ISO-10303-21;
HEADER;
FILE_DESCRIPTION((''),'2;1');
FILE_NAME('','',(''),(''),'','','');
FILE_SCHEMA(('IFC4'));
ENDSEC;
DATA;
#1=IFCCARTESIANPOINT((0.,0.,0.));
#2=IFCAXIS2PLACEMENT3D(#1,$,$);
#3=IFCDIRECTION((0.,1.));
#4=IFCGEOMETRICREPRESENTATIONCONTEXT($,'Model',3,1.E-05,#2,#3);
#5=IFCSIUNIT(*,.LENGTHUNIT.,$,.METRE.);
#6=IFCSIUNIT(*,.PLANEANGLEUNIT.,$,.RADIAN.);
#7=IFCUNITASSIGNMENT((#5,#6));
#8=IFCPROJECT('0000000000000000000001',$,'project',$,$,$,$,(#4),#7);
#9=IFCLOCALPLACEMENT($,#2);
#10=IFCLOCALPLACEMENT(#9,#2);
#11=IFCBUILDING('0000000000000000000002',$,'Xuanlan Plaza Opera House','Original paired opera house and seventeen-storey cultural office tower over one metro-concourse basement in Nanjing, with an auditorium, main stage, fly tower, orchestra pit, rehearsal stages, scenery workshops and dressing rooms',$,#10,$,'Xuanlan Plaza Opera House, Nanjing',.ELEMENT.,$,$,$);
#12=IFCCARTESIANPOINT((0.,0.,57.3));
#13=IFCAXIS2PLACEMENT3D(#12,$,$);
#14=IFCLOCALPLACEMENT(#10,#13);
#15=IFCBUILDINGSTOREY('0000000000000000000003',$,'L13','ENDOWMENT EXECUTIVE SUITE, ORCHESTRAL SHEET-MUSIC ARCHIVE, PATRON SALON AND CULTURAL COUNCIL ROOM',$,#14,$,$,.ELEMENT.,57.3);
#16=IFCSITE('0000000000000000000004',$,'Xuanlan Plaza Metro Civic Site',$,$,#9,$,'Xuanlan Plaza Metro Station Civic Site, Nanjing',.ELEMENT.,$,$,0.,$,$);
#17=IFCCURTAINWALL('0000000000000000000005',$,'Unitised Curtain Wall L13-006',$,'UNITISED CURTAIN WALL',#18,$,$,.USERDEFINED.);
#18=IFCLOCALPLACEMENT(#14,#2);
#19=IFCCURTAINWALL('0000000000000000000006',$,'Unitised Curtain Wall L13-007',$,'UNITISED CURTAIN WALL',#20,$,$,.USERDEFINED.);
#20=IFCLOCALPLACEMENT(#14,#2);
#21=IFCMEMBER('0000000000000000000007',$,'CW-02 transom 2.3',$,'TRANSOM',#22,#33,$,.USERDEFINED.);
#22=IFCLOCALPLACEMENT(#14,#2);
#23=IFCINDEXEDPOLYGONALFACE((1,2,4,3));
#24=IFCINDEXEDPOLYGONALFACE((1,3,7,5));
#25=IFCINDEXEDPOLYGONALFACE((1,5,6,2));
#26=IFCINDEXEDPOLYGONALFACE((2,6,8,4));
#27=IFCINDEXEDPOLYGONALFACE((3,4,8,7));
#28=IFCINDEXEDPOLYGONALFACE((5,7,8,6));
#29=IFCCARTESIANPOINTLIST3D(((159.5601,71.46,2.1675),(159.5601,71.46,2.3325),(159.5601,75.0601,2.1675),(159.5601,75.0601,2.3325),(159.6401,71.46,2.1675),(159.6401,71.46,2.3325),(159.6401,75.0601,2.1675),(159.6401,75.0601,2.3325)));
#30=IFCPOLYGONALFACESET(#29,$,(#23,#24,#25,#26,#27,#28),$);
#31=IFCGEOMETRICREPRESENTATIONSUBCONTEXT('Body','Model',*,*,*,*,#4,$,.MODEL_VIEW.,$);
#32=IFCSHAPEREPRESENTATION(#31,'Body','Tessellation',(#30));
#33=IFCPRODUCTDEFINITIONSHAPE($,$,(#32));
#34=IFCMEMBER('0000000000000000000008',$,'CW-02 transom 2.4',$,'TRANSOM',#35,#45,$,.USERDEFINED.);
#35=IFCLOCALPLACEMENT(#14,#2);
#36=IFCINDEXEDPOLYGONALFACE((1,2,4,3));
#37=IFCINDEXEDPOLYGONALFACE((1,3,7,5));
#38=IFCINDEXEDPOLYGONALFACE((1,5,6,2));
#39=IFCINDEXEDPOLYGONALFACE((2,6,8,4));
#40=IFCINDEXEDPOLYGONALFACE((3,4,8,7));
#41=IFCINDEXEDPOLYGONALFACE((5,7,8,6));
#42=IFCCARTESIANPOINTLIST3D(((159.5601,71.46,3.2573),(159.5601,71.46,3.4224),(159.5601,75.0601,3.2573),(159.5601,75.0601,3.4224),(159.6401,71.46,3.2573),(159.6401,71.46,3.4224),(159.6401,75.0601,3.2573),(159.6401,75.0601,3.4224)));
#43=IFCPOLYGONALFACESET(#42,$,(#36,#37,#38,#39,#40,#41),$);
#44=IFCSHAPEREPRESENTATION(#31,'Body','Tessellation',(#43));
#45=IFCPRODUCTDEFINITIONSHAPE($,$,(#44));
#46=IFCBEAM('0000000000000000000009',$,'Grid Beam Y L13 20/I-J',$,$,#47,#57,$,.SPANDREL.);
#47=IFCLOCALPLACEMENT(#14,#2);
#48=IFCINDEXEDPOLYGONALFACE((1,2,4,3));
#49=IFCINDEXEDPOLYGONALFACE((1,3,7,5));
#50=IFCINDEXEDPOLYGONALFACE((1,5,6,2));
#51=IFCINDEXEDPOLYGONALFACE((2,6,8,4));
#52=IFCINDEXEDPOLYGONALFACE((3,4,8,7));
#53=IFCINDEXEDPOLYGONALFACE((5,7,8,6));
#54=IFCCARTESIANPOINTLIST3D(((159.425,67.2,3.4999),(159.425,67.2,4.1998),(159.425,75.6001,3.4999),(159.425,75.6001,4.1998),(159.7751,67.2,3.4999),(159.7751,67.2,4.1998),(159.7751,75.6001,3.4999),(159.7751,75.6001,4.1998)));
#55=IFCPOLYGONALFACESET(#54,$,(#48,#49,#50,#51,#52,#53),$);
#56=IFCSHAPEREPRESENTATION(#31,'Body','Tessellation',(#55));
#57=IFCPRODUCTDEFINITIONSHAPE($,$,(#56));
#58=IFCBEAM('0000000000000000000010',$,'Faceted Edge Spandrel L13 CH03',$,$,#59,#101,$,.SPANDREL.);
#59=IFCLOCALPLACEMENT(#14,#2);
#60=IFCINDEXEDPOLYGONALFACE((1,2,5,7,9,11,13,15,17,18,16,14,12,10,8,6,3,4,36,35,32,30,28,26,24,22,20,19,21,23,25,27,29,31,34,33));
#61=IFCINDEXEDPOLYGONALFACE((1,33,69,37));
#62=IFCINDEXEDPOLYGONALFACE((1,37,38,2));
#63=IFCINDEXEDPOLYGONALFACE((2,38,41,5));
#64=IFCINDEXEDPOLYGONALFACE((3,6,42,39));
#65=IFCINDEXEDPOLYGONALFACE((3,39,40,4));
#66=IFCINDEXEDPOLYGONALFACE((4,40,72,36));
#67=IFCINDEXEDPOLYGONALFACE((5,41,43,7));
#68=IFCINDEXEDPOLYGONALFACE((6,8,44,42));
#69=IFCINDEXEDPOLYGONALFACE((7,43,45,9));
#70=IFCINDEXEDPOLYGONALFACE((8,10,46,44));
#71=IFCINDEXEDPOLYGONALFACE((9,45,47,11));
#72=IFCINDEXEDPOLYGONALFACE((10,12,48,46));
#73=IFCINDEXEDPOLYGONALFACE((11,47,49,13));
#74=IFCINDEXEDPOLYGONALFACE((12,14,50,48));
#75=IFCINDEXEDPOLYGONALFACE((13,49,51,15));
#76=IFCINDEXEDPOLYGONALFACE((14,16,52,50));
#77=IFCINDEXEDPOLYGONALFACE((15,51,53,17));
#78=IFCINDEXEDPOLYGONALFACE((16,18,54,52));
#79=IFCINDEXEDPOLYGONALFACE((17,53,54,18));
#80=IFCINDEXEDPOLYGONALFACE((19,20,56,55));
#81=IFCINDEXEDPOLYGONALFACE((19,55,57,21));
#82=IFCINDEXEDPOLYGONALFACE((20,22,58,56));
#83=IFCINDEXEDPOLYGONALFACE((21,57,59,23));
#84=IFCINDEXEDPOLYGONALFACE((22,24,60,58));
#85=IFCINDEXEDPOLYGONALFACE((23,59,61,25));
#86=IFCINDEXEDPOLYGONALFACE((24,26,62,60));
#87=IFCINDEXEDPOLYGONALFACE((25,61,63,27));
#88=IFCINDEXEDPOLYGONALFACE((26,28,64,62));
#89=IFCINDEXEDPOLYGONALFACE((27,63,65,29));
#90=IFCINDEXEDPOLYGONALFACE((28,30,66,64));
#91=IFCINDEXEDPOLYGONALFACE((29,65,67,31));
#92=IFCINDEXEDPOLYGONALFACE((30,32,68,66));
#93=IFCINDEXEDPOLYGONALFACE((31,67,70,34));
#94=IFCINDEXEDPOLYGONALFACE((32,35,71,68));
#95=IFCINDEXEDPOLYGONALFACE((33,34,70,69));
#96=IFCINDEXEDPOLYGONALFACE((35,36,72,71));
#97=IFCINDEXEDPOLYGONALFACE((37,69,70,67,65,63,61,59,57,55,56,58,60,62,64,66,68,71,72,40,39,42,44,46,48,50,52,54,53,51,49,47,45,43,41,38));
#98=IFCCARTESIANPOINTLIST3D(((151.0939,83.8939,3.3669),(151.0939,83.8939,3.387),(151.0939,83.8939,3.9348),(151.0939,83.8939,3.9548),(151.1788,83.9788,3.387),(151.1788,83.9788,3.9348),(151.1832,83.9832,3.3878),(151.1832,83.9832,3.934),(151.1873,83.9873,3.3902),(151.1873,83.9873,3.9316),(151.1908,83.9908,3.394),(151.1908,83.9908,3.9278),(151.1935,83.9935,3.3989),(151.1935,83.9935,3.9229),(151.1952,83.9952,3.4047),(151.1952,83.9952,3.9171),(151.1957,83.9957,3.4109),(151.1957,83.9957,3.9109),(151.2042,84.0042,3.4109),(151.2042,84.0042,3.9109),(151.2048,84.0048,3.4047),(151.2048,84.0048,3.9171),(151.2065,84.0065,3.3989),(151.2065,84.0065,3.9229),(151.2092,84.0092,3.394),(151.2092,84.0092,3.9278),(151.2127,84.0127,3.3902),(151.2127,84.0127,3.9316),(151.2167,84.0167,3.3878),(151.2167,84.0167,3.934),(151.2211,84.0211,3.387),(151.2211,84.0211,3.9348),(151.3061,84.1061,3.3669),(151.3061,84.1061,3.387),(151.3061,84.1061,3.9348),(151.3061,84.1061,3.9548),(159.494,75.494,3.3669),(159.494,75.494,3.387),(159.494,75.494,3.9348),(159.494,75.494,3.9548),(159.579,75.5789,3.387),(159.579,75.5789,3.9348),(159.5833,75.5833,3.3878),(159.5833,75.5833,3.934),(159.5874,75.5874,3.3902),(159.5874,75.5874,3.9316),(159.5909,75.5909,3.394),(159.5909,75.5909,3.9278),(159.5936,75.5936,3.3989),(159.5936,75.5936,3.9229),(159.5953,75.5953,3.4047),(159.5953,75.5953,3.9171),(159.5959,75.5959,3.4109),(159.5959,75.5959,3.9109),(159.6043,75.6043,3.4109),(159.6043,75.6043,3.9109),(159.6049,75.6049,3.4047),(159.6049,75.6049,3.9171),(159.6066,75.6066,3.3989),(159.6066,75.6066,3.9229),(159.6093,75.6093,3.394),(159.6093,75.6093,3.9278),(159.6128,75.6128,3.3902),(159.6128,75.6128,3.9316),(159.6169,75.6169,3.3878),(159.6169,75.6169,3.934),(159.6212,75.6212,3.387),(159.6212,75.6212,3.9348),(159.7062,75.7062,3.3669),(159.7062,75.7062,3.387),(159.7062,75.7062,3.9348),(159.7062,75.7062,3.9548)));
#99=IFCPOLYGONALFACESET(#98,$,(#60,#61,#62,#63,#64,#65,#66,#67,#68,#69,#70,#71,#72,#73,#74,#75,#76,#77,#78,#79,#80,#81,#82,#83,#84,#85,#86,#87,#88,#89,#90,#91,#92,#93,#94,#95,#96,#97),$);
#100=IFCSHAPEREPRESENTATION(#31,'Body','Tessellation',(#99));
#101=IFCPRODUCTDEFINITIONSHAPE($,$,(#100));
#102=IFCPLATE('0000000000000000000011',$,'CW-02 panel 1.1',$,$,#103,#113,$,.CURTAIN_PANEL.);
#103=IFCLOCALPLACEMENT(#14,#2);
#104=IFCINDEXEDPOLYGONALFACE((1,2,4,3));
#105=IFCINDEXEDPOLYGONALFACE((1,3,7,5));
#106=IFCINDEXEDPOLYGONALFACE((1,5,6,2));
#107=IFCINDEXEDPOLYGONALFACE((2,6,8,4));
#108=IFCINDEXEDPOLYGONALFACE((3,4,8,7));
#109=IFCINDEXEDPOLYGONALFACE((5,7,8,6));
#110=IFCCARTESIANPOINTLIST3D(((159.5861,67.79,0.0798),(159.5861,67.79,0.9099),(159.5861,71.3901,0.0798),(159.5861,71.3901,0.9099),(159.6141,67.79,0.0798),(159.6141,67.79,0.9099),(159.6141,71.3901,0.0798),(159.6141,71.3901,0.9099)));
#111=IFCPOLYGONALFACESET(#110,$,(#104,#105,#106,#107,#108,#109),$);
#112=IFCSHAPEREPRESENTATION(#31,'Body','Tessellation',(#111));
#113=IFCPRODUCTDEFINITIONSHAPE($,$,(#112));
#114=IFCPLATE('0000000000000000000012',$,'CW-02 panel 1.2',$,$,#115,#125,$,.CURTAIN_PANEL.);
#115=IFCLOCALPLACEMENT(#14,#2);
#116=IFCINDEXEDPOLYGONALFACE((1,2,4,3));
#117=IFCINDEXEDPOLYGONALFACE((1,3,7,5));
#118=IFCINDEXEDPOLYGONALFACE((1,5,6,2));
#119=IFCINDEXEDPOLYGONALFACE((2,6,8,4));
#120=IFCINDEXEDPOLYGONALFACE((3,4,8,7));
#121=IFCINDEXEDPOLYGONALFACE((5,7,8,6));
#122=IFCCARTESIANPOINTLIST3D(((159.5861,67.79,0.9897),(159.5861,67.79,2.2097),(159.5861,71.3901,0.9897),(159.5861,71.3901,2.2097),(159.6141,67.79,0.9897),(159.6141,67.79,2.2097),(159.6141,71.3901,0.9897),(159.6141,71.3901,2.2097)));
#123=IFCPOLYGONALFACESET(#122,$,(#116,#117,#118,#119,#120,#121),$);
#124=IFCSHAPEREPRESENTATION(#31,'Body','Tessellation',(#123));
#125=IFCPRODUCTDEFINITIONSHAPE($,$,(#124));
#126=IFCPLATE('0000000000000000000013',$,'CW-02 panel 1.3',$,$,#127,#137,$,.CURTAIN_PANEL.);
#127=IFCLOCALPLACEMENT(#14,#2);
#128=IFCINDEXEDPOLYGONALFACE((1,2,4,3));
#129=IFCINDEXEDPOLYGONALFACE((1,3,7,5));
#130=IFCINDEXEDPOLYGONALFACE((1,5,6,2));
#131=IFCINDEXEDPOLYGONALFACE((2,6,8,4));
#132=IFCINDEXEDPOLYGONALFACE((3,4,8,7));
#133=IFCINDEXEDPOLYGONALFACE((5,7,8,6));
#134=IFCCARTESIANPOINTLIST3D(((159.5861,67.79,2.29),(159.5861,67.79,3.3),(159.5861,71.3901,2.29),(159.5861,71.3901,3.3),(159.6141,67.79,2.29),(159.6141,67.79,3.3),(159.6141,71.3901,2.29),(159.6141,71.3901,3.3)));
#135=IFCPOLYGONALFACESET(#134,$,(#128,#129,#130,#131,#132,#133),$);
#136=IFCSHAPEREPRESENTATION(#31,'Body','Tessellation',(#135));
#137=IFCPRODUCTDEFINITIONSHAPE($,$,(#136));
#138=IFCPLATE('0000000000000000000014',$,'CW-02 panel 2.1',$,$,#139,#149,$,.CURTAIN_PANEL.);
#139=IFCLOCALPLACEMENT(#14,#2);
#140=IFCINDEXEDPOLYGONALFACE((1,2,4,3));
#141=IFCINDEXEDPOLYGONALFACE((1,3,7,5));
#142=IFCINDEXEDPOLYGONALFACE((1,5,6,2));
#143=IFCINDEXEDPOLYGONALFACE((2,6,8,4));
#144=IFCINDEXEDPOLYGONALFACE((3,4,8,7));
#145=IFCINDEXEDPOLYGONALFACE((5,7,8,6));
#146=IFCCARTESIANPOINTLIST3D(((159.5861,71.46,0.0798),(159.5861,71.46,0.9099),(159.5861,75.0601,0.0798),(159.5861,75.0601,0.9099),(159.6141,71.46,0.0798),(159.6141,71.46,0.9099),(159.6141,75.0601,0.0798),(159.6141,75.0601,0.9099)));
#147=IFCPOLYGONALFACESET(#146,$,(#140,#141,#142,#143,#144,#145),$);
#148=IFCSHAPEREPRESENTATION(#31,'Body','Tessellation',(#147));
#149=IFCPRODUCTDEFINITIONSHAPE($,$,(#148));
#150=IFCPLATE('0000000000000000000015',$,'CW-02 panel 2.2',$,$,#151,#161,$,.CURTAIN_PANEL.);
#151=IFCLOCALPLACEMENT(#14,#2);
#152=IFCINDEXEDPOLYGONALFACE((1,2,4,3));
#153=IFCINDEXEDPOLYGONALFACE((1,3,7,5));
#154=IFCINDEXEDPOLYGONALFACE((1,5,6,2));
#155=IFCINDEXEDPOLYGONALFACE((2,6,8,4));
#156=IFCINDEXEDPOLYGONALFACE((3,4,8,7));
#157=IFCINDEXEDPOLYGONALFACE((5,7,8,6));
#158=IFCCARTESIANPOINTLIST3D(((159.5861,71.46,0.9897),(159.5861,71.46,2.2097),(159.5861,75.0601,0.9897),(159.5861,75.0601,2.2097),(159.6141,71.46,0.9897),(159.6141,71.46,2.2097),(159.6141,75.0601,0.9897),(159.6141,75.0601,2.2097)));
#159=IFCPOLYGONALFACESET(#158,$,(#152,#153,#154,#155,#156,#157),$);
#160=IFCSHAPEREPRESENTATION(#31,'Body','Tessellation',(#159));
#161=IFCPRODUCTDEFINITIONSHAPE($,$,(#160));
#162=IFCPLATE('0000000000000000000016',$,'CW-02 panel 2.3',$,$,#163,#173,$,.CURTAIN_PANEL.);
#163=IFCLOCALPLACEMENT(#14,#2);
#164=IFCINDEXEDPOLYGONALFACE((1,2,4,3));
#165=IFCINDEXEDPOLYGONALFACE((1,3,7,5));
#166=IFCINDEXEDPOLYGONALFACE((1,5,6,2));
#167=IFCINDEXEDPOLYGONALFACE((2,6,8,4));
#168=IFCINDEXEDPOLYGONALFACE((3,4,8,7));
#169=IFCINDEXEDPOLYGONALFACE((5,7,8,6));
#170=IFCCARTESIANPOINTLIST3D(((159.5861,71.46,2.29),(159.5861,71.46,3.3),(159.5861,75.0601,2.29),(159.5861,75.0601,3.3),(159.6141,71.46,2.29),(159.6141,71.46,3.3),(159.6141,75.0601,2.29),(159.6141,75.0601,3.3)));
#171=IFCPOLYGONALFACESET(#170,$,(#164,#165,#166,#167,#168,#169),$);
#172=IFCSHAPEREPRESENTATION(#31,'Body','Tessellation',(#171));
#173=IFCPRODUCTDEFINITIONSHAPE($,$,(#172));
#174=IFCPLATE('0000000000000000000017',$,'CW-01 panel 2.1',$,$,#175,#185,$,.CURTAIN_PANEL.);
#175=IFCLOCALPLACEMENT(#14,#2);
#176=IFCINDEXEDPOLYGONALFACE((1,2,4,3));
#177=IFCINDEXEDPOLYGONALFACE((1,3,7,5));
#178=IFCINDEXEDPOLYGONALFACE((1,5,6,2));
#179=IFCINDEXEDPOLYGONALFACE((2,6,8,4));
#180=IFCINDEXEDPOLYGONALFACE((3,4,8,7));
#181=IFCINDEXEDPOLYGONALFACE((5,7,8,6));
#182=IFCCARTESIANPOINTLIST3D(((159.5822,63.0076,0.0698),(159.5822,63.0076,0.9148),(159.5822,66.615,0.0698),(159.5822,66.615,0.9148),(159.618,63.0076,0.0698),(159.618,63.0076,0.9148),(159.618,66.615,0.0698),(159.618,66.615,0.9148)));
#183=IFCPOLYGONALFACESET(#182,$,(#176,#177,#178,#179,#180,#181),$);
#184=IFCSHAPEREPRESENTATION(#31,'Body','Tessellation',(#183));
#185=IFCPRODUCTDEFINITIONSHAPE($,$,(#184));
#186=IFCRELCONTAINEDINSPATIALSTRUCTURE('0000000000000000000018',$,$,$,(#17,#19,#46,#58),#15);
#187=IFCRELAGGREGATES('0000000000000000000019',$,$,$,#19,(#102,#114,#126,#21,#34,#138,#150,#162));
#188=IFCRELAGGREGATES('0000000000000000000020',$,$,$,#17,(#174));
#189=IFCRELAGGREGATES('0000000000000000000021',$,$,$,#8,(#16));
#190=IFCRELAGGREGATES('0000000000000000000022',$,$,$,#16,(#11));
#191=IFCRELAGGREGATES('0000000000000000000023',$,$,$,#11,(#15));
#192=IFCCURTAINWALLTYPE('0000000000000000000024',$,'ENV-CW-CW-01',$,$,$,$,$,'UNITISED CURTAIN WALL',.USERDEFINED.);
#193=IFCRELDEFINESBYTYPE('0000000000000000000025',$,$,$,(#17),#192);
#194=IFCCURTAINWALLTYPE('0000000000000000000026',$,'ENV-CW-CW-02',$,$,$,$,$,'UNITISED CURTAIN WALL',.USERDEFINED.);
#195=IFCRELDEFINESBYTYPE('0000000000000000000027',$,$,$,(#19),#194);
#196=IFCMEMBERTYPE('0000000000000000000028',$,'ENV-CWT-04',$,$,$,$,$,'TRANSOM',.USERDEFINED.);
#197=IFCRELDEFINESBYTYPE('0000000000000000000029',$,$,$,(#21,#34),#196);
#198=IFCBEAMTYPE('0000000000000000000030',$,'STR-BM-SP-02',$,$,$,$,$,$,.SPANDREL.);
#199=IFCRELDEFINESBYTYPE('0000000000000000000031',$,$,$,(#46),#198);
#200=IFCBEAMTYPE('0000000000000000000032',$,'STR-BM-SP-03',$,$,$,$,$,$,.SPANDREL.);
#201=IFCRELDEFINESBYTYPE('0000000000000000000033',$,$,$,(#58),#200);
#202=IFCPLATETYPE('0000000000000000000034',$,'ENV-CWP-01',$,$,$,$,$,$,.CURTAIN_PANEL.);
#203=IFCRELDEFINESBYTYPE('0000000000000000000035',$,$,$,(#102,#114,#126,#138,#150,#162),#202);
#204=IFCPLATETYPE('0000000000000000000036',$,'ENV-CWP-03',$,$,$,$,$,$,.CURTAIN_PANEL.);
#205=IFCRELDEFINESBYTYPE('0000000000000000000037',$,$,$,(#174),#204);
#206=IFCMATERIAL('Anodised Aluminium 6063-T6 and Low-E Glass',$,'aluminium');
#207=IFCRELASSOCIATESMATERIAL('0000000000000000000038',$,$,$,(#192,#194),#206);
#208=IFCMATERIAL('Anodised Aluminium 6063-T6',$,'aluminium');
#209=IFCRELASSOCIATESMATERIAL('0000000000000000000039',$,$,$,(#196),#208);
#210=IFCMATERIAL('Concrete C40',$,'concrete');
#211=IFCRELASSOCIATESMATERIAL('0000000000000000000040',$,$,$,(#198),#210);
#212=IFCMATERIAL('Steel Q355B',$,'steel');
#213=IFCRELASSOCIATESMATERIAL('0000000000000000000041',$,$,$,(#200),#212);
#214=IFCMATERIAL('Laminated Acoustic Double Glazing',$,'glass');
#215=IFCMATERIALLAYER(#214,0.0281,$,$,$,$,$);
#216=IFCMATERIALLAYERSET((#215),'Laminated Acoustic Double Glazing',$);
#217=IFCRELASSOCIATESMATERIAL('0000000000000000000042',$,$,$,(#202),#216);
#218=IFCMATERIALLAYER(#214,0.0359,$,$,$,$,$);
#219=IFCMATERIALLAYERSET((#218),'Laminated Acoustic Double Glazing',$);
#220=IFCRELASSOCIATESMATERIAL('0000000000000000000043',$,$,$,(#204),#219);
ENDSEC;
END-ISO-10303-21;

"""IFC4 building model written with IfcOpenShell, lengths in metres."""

from ifc_helpers import new_model, si_unit, direction, frame, origin, origin_2d, place, context, subcontext, project, spatial, rectangle, i_section, extrude, material, layer, layer_set, material_profile, profile_set, type_object, element, aggregate, save


model = new_model("IFC4")

# Units and contexts
model_context = context("Model", 3, precision=1e-05, world=origin(), true_north=direction((0.0, 1.0)))
body_context = subcontext(model_context, "Body", "Model", "MODEL_VIEW")
ifc_project = project(units=[si_unit("LENGTHUNIT", "METRE"), si_unit("PLANEANGLEUNIT", "RADIAN")], contexts=[model_context])

# Site, building, storey
site_placement = place(None, origin())
site = spatial("IfcSite", under=ifc_project, at=site_placement, Name="Xuanlan Plaza Metro Civic Site", LongName="Xuanlan Plaza Metro Station Civic Site, Nanjing", CompositionType="ELEMENT", RefElevation=0.0)
building_placement = place(site_placement, origin())
building = spatial("IfcBuilding", under=site, at=building_placement, Name="Xuanlan Plaza Opera House", Description="Original paired opera house and seventeen-storey cultural office tower over one metro-concourse basement in Nanjing, with an auditorium, main stage, fly tower, orchestra pit, rehearsal stages, scenery workshops and dressing rooms", LongName="Xuanlan Plaza Opera House, Nanjing", CompositionType="ELEMENT")
storey_placement = place(building_placement, frame((0.0, 0.0, 57.3)))
storey = spatial("IfcBuildingStorey", under=building, at=storey_placement, Name="L13", Description="ENDOWMENT EXECUTIVE SUITE, ORCHESTRAL SHEET-MUSIC ARCHIVE, PATRON SALON AND CULTURAL COUNCIL ROOM", CompositionType="ELEMENT", Elevation=57.3)

# Curtain wall
ifc_material_1 = material(Name="Anodised Aluminium 6063-T6 and Low-E Glass", Category="aluminium")
curtain_wall_type_1 = type_object("IfcCurtainWallType", Name="ENV-CW-CW-01", ElementType="UNITISED CURTAIN WALL", PredefinedType="USERDEFINED", material=ifc_material_1)
curtain_wall_1_placement = place(storey_placement, origin())
curtain_wall_1 = element("IfcCurtainWall", 1, at=curtain_wall_1_placement, inside=storey, type_object=curtain_wall_type_1, Name="Unitised Curtain Wall L13-006", ObjectType="UNITISED CURTAIN WALL", PredefinedType="USERDEFINED")
ifc_material_2 = material(Name="Anodised Aluminium 6063-T6", Category="aluminium")

# Curtain wall
curtain_wall_type_2 = type_object("IfcCurtainWallType", Name="ENV-CW-CW-02", ElementType="UNITISED CURTAIN WALL", PredefinedType="USERDEFINED", material=ifc_material_1)
curtain_wall_2_placement = place(storey_placement, origin())
curtain_wall_2 = element("IfcCurtainWall", 2, at=curtain_wall_2_placement, inside=storey, type_object=curtain_wall_type_2, Name="Unitised Curtain Wall L13-007", ObjectType="UNITISED CURTAIN WALL", PredefinedType="USERDEFINED")

# Members
ifc_material_profile_1 = material_profile(ifc_material_2, rectangle(XDim=0.0801, YDim=0.165, at=origin_2d()), Name="ALU-T 80x165")
ifc_profile_set_1 = profile_set([ifc_material_profile_1], Name="Anodised Aluminium 6063-T6")
member_type_1 = type_object("IfcMemberType", Name="ENV-CWT-04", ElementType="TRANSOM", PredefinedType="USERDEFINED", material=ifc_profile_set_1)
member_1_placement = place(storey_placement, frame((159.6001, 71.46, 2.25), z_axis=(0.0, 1.0, 0.0), x_axis=(-1.0, 0.0, 0.0)))
member_1 = element("IfcMember", 3, at=member_1_placement, type_object=member_type_1, Name="CW-02 transom 2.3", ObjectType="TRANSOM", PredefinedType="USERDEFINED", context=body_context, shape_type="SweptSolid", body=[
    extrude(rectangle(XDim=0.0801, YDim=0.165, at=origin_2d()), origin(), (0.0, 0.0, 1.0), 3.6001),
])
member_2_placement = place(storey_placement, frame((159.6001, 71.46, 3.3398), z_axis=(0.0, 1.0, 0.0), x_axis=(-1.0, 0.0, 0.0)))
member_2 = element("IfcMember", 4, at=member_2_placement, type_object=member_type_1, Name="CW-02 transom 2.4", ObjectType="TRANSOM", PredefinedType="USERDEFINED", context=body_context, shape_type="SweptSolid", body=[
    extrude(rectangle(XDim=0.0801, YDim=0.165, at=origin_2d()), origin(), (0.0, 0.0, 1.0), 3.6001),
])

# Beams
ifc_material_3 = material(Name="Concrete C40", Category="concrete")
ifc_material_profile_2 = material_profile(ifc_material_3, rectangle(XDim=0.3501, YDim=0.7, at=origin_2d()), Name="RC-SPD 350x700")
ifc_profile_set_2 = profile_set([ifc_material_profile_2], Name="Concrete C40")
beam_type_1 = type_object("IfcBeamType", Name="STR-BM-SP-02", PredefinedType="SPANDREL", material=ifc_profile_set_2)
beam_1_placement = place(storey_placement, frame((159.6001, 67.2, 3.8499), z_axis=(0.0, 1.0, 0.0), x_axis=(-1.0, 0.0, 0.0)))
element("IfcBeam", 5, at=beam_1_placement, inside=storey, type_object=beam_type_1, Name="Grid Beam Y L13 20/I-J", PredefinedType="SPANDREL", context=body_context, shape_type="SweptSolid", body=[
    extrude(rectangle(XDim=0.3501, YDim=0.7, at=origin_2d()), origin(), (0.0, 0.0, 1.0), 8.4001),
])
ifc_material_4 = material(Name="Steel Q355B", Category="steel")
ifc_material_profile_3 = material_profile(ifc_material_4, i_section(OverallWidth=0.3, OverallDepth=0.5879, WebThickness=0.012, FlangeThickness=0.02, FilletRadius=0.0239, at=origin_2d()), Name="HM 588x300x12x20")
ifc_profile_set_3 = profile_set([ifc_material_profile_3], Name="Steel Q355B")
beam_type_2 = type_object("IfcBeamType", Name="STR-BM-SP-03", PredefinedType="SPANDREL", material=ifc_profile_set_3)
beam_2_placement = place(storey_placement, frame((159.6001, 75.6001, 3.6609), z_axis=(-0.707117, 0.707097, 0.0), x_axis=(-0.707097, -0.707117, 0.0)))
element("IfcBeam", 6, at=beam_2_placement, inside=storey, type_object=beam_type_2, Name="Faceted Edge Spandrel L13 CH03", PredefinedType="SPANDREL", context=body_context, shape_type="SweptSolid", body=[
    extrude(i_section(OverallWidth=0.3, OverallDepth=0.5879, WebThickness=0.012, FlangeThickness=0.02, FilletRadius=0.0239, at=origin_2d()), origin(), (0.0, 0.0, 1.0), 11.8794),
])

# Plates
ifc_material_5 = material(Name="Laminated Acoustic Double Glazing", Category="glass")
ifc_layer_1 = layer(ifc_material_5, 0.0281)
ifc_layer_set_1 = layer_set([ifc_layer_1], Name="Laminated Acoustic Double Glazing")
plate_type_1 = type_object("IfcPlateType", Name="ENV-CWP-01", PredefinedType="CURTAIN_PANEL", material=ifc_layer_set_1)
plate_1_placement = place(storey_placement, frame((159.6001, 69.5901, 0.0798), z_axis=(0.0, 0.0, 1.0), x_axis=(0.0, 1.0, 0.0)))
plate_1 = element("IfcPlate", 7, at=plate_1_placement, type_object=plate_type_1, Name="CW-02 panel 1.1", PredefinedType="CURTAIN_PANEL", context=body_context, shape_type="SweptSolid", body=[
    extrude(rectangle(XDim=3.6001, YDim=0.0281, at=origin_2d()), origin(), (0.0, 0.0, 1.0), 0.8301),
])
plate_2_placement = place(storey_placement, frame((159.6001, 69.5901, 0.9897), z_axis=(0.0, 0.0, 1.0), x_axis=(0.0, 1.0, 0.0)))
plate_2 = element("IfcPlate", 8, at=plate_2_placement, type_object=plate_type_1, Name="CW-02 panel 1.2", PredefinedType="CURTAIN_PANEL", context=body_context, shape_type="SweptSolid", body=[
    extrude(rectangle(XDim=3.6001, YDim=0.0281, at=origin_2d()), origin(), (0.0, 0.0, 1.0), 1.22),
])
plate_3_placement = place(storey_placement, frame((159.6001, 69.5901, 2.29), z_axis=(0.0, 0.0, 1.0), x_axis=(0.0, 1.0, 0.0)))
plate_3 = element("IfcPlate", 9, at=plate_3_placement, type_object=plate_type_1, Name="CW-02 panel 1.3", PredefinedType="CURTAIN_PANEL", context=body_context, shape_type="SweptSolid", body=[
    extrude(rectangle(XDim=3.6001, YDim=0.0281, at=origin_2d()), origin(), (0.0, 0.0, 1.0), 1.01),
])
plate_4_placement = place(storey_placement, frame((159.6001, 73.26, 0.0798), z_axis=(0.0, 0.0, 1.0), x_axis=(0.0, 1.0, 0.0)))
plate_4 = element("IfcPlate", 10, at=plate_4_placement, type_object=plate_type_1, Name="CW-02 panel 2.1", PredefinedType="CURTAIN_PANEL", context=body_context, shape_type="SweptSolid", body=[
    extrude(rectangle(XDim=3.6001, YDim=0.0281, at=origin_2d()), origin(), (0.0, 0.0, 1.0), 0.8301),
])
plate_5_placement = place(storey_placement, frame((159.6001, 73.26, 0.9897), z_axis=(0.0, 0.0, 1.0), x_axis=(0.0, 1.0, 0.0)))
plate_5 = element("IfcPlate", 11, at=plate_5_placement, type_object=plate_type_1, Name="CW-02 panel 2.2", PredefinedType="CURTAIN_PANEL", context=body_context, shape_type="SweptSolid", body=[
    extrude(rectangle(XDim=3.6001, YDim=0.0281, at=origin_2d()), origin(), (0.0, 0.0, 1.0), 1.22),
])
plate_6_placement = place(storey_placement, frame((159.6001, 73.26, 2.29), z_axis=(0.0, 0.0, 1.0), x_axis=(0.0, 1.0, 0.0)))
plate_6 = element("IfcPlate", 12, at=plate_6_placement, type_object=plate_type_1, Name="CW-02 panel 2.3", PredefinedType="CURTAIN_PANEL", context=body_context, shape_type="SweptSolid", body=[
    extrude(rectangle(XDim=3.6001, YDim=0.0281, at=origin_2d()), origin(), (0.0, 0.0, 1.0), 1.01),
])
aggregate(curtain_wall_2, [plate_1, plate_2, plate_3, member_1, member_2, plate_4, plate_5, plate_6])
ifc_layer_2 = layer(ifc_material_5, 0.0359)
ifc_layer_set_2 = layer_set([ifc_layer_2], Name="Laminated Acoustic Double Glazing")
plate_type_2 = type_object("IfcPlateType", Name="ENV-CWP-03", PredefinedType="CURTAIN_PANEL", material=ifc_layer_set_2)
plate_7_placement = place(storey_placement, frame((159.6001, 64.8113, 0.0698), z_axis=(0.0, 0.0, 1.0), x_axis=(0.0, 1.0, 0.0)))
plate_7 = element("IfcPlate", 13, at=plate_7_placement, type_object=plate_type_2, Name="CW-01 panel 2.1", PredefinedType="CURTAIN_PANEL", context=body_context, shape_type="SweptSolid", body=[
    extrude(rectangle(XDim=3.6074, YDim=0.0359, at=origin_2d()), origin(), (0.0, 0.0, 1.0), 0.845),
])
aggregate(curtain_wall_1, [plate_7])

save(model, "model.ifc")
